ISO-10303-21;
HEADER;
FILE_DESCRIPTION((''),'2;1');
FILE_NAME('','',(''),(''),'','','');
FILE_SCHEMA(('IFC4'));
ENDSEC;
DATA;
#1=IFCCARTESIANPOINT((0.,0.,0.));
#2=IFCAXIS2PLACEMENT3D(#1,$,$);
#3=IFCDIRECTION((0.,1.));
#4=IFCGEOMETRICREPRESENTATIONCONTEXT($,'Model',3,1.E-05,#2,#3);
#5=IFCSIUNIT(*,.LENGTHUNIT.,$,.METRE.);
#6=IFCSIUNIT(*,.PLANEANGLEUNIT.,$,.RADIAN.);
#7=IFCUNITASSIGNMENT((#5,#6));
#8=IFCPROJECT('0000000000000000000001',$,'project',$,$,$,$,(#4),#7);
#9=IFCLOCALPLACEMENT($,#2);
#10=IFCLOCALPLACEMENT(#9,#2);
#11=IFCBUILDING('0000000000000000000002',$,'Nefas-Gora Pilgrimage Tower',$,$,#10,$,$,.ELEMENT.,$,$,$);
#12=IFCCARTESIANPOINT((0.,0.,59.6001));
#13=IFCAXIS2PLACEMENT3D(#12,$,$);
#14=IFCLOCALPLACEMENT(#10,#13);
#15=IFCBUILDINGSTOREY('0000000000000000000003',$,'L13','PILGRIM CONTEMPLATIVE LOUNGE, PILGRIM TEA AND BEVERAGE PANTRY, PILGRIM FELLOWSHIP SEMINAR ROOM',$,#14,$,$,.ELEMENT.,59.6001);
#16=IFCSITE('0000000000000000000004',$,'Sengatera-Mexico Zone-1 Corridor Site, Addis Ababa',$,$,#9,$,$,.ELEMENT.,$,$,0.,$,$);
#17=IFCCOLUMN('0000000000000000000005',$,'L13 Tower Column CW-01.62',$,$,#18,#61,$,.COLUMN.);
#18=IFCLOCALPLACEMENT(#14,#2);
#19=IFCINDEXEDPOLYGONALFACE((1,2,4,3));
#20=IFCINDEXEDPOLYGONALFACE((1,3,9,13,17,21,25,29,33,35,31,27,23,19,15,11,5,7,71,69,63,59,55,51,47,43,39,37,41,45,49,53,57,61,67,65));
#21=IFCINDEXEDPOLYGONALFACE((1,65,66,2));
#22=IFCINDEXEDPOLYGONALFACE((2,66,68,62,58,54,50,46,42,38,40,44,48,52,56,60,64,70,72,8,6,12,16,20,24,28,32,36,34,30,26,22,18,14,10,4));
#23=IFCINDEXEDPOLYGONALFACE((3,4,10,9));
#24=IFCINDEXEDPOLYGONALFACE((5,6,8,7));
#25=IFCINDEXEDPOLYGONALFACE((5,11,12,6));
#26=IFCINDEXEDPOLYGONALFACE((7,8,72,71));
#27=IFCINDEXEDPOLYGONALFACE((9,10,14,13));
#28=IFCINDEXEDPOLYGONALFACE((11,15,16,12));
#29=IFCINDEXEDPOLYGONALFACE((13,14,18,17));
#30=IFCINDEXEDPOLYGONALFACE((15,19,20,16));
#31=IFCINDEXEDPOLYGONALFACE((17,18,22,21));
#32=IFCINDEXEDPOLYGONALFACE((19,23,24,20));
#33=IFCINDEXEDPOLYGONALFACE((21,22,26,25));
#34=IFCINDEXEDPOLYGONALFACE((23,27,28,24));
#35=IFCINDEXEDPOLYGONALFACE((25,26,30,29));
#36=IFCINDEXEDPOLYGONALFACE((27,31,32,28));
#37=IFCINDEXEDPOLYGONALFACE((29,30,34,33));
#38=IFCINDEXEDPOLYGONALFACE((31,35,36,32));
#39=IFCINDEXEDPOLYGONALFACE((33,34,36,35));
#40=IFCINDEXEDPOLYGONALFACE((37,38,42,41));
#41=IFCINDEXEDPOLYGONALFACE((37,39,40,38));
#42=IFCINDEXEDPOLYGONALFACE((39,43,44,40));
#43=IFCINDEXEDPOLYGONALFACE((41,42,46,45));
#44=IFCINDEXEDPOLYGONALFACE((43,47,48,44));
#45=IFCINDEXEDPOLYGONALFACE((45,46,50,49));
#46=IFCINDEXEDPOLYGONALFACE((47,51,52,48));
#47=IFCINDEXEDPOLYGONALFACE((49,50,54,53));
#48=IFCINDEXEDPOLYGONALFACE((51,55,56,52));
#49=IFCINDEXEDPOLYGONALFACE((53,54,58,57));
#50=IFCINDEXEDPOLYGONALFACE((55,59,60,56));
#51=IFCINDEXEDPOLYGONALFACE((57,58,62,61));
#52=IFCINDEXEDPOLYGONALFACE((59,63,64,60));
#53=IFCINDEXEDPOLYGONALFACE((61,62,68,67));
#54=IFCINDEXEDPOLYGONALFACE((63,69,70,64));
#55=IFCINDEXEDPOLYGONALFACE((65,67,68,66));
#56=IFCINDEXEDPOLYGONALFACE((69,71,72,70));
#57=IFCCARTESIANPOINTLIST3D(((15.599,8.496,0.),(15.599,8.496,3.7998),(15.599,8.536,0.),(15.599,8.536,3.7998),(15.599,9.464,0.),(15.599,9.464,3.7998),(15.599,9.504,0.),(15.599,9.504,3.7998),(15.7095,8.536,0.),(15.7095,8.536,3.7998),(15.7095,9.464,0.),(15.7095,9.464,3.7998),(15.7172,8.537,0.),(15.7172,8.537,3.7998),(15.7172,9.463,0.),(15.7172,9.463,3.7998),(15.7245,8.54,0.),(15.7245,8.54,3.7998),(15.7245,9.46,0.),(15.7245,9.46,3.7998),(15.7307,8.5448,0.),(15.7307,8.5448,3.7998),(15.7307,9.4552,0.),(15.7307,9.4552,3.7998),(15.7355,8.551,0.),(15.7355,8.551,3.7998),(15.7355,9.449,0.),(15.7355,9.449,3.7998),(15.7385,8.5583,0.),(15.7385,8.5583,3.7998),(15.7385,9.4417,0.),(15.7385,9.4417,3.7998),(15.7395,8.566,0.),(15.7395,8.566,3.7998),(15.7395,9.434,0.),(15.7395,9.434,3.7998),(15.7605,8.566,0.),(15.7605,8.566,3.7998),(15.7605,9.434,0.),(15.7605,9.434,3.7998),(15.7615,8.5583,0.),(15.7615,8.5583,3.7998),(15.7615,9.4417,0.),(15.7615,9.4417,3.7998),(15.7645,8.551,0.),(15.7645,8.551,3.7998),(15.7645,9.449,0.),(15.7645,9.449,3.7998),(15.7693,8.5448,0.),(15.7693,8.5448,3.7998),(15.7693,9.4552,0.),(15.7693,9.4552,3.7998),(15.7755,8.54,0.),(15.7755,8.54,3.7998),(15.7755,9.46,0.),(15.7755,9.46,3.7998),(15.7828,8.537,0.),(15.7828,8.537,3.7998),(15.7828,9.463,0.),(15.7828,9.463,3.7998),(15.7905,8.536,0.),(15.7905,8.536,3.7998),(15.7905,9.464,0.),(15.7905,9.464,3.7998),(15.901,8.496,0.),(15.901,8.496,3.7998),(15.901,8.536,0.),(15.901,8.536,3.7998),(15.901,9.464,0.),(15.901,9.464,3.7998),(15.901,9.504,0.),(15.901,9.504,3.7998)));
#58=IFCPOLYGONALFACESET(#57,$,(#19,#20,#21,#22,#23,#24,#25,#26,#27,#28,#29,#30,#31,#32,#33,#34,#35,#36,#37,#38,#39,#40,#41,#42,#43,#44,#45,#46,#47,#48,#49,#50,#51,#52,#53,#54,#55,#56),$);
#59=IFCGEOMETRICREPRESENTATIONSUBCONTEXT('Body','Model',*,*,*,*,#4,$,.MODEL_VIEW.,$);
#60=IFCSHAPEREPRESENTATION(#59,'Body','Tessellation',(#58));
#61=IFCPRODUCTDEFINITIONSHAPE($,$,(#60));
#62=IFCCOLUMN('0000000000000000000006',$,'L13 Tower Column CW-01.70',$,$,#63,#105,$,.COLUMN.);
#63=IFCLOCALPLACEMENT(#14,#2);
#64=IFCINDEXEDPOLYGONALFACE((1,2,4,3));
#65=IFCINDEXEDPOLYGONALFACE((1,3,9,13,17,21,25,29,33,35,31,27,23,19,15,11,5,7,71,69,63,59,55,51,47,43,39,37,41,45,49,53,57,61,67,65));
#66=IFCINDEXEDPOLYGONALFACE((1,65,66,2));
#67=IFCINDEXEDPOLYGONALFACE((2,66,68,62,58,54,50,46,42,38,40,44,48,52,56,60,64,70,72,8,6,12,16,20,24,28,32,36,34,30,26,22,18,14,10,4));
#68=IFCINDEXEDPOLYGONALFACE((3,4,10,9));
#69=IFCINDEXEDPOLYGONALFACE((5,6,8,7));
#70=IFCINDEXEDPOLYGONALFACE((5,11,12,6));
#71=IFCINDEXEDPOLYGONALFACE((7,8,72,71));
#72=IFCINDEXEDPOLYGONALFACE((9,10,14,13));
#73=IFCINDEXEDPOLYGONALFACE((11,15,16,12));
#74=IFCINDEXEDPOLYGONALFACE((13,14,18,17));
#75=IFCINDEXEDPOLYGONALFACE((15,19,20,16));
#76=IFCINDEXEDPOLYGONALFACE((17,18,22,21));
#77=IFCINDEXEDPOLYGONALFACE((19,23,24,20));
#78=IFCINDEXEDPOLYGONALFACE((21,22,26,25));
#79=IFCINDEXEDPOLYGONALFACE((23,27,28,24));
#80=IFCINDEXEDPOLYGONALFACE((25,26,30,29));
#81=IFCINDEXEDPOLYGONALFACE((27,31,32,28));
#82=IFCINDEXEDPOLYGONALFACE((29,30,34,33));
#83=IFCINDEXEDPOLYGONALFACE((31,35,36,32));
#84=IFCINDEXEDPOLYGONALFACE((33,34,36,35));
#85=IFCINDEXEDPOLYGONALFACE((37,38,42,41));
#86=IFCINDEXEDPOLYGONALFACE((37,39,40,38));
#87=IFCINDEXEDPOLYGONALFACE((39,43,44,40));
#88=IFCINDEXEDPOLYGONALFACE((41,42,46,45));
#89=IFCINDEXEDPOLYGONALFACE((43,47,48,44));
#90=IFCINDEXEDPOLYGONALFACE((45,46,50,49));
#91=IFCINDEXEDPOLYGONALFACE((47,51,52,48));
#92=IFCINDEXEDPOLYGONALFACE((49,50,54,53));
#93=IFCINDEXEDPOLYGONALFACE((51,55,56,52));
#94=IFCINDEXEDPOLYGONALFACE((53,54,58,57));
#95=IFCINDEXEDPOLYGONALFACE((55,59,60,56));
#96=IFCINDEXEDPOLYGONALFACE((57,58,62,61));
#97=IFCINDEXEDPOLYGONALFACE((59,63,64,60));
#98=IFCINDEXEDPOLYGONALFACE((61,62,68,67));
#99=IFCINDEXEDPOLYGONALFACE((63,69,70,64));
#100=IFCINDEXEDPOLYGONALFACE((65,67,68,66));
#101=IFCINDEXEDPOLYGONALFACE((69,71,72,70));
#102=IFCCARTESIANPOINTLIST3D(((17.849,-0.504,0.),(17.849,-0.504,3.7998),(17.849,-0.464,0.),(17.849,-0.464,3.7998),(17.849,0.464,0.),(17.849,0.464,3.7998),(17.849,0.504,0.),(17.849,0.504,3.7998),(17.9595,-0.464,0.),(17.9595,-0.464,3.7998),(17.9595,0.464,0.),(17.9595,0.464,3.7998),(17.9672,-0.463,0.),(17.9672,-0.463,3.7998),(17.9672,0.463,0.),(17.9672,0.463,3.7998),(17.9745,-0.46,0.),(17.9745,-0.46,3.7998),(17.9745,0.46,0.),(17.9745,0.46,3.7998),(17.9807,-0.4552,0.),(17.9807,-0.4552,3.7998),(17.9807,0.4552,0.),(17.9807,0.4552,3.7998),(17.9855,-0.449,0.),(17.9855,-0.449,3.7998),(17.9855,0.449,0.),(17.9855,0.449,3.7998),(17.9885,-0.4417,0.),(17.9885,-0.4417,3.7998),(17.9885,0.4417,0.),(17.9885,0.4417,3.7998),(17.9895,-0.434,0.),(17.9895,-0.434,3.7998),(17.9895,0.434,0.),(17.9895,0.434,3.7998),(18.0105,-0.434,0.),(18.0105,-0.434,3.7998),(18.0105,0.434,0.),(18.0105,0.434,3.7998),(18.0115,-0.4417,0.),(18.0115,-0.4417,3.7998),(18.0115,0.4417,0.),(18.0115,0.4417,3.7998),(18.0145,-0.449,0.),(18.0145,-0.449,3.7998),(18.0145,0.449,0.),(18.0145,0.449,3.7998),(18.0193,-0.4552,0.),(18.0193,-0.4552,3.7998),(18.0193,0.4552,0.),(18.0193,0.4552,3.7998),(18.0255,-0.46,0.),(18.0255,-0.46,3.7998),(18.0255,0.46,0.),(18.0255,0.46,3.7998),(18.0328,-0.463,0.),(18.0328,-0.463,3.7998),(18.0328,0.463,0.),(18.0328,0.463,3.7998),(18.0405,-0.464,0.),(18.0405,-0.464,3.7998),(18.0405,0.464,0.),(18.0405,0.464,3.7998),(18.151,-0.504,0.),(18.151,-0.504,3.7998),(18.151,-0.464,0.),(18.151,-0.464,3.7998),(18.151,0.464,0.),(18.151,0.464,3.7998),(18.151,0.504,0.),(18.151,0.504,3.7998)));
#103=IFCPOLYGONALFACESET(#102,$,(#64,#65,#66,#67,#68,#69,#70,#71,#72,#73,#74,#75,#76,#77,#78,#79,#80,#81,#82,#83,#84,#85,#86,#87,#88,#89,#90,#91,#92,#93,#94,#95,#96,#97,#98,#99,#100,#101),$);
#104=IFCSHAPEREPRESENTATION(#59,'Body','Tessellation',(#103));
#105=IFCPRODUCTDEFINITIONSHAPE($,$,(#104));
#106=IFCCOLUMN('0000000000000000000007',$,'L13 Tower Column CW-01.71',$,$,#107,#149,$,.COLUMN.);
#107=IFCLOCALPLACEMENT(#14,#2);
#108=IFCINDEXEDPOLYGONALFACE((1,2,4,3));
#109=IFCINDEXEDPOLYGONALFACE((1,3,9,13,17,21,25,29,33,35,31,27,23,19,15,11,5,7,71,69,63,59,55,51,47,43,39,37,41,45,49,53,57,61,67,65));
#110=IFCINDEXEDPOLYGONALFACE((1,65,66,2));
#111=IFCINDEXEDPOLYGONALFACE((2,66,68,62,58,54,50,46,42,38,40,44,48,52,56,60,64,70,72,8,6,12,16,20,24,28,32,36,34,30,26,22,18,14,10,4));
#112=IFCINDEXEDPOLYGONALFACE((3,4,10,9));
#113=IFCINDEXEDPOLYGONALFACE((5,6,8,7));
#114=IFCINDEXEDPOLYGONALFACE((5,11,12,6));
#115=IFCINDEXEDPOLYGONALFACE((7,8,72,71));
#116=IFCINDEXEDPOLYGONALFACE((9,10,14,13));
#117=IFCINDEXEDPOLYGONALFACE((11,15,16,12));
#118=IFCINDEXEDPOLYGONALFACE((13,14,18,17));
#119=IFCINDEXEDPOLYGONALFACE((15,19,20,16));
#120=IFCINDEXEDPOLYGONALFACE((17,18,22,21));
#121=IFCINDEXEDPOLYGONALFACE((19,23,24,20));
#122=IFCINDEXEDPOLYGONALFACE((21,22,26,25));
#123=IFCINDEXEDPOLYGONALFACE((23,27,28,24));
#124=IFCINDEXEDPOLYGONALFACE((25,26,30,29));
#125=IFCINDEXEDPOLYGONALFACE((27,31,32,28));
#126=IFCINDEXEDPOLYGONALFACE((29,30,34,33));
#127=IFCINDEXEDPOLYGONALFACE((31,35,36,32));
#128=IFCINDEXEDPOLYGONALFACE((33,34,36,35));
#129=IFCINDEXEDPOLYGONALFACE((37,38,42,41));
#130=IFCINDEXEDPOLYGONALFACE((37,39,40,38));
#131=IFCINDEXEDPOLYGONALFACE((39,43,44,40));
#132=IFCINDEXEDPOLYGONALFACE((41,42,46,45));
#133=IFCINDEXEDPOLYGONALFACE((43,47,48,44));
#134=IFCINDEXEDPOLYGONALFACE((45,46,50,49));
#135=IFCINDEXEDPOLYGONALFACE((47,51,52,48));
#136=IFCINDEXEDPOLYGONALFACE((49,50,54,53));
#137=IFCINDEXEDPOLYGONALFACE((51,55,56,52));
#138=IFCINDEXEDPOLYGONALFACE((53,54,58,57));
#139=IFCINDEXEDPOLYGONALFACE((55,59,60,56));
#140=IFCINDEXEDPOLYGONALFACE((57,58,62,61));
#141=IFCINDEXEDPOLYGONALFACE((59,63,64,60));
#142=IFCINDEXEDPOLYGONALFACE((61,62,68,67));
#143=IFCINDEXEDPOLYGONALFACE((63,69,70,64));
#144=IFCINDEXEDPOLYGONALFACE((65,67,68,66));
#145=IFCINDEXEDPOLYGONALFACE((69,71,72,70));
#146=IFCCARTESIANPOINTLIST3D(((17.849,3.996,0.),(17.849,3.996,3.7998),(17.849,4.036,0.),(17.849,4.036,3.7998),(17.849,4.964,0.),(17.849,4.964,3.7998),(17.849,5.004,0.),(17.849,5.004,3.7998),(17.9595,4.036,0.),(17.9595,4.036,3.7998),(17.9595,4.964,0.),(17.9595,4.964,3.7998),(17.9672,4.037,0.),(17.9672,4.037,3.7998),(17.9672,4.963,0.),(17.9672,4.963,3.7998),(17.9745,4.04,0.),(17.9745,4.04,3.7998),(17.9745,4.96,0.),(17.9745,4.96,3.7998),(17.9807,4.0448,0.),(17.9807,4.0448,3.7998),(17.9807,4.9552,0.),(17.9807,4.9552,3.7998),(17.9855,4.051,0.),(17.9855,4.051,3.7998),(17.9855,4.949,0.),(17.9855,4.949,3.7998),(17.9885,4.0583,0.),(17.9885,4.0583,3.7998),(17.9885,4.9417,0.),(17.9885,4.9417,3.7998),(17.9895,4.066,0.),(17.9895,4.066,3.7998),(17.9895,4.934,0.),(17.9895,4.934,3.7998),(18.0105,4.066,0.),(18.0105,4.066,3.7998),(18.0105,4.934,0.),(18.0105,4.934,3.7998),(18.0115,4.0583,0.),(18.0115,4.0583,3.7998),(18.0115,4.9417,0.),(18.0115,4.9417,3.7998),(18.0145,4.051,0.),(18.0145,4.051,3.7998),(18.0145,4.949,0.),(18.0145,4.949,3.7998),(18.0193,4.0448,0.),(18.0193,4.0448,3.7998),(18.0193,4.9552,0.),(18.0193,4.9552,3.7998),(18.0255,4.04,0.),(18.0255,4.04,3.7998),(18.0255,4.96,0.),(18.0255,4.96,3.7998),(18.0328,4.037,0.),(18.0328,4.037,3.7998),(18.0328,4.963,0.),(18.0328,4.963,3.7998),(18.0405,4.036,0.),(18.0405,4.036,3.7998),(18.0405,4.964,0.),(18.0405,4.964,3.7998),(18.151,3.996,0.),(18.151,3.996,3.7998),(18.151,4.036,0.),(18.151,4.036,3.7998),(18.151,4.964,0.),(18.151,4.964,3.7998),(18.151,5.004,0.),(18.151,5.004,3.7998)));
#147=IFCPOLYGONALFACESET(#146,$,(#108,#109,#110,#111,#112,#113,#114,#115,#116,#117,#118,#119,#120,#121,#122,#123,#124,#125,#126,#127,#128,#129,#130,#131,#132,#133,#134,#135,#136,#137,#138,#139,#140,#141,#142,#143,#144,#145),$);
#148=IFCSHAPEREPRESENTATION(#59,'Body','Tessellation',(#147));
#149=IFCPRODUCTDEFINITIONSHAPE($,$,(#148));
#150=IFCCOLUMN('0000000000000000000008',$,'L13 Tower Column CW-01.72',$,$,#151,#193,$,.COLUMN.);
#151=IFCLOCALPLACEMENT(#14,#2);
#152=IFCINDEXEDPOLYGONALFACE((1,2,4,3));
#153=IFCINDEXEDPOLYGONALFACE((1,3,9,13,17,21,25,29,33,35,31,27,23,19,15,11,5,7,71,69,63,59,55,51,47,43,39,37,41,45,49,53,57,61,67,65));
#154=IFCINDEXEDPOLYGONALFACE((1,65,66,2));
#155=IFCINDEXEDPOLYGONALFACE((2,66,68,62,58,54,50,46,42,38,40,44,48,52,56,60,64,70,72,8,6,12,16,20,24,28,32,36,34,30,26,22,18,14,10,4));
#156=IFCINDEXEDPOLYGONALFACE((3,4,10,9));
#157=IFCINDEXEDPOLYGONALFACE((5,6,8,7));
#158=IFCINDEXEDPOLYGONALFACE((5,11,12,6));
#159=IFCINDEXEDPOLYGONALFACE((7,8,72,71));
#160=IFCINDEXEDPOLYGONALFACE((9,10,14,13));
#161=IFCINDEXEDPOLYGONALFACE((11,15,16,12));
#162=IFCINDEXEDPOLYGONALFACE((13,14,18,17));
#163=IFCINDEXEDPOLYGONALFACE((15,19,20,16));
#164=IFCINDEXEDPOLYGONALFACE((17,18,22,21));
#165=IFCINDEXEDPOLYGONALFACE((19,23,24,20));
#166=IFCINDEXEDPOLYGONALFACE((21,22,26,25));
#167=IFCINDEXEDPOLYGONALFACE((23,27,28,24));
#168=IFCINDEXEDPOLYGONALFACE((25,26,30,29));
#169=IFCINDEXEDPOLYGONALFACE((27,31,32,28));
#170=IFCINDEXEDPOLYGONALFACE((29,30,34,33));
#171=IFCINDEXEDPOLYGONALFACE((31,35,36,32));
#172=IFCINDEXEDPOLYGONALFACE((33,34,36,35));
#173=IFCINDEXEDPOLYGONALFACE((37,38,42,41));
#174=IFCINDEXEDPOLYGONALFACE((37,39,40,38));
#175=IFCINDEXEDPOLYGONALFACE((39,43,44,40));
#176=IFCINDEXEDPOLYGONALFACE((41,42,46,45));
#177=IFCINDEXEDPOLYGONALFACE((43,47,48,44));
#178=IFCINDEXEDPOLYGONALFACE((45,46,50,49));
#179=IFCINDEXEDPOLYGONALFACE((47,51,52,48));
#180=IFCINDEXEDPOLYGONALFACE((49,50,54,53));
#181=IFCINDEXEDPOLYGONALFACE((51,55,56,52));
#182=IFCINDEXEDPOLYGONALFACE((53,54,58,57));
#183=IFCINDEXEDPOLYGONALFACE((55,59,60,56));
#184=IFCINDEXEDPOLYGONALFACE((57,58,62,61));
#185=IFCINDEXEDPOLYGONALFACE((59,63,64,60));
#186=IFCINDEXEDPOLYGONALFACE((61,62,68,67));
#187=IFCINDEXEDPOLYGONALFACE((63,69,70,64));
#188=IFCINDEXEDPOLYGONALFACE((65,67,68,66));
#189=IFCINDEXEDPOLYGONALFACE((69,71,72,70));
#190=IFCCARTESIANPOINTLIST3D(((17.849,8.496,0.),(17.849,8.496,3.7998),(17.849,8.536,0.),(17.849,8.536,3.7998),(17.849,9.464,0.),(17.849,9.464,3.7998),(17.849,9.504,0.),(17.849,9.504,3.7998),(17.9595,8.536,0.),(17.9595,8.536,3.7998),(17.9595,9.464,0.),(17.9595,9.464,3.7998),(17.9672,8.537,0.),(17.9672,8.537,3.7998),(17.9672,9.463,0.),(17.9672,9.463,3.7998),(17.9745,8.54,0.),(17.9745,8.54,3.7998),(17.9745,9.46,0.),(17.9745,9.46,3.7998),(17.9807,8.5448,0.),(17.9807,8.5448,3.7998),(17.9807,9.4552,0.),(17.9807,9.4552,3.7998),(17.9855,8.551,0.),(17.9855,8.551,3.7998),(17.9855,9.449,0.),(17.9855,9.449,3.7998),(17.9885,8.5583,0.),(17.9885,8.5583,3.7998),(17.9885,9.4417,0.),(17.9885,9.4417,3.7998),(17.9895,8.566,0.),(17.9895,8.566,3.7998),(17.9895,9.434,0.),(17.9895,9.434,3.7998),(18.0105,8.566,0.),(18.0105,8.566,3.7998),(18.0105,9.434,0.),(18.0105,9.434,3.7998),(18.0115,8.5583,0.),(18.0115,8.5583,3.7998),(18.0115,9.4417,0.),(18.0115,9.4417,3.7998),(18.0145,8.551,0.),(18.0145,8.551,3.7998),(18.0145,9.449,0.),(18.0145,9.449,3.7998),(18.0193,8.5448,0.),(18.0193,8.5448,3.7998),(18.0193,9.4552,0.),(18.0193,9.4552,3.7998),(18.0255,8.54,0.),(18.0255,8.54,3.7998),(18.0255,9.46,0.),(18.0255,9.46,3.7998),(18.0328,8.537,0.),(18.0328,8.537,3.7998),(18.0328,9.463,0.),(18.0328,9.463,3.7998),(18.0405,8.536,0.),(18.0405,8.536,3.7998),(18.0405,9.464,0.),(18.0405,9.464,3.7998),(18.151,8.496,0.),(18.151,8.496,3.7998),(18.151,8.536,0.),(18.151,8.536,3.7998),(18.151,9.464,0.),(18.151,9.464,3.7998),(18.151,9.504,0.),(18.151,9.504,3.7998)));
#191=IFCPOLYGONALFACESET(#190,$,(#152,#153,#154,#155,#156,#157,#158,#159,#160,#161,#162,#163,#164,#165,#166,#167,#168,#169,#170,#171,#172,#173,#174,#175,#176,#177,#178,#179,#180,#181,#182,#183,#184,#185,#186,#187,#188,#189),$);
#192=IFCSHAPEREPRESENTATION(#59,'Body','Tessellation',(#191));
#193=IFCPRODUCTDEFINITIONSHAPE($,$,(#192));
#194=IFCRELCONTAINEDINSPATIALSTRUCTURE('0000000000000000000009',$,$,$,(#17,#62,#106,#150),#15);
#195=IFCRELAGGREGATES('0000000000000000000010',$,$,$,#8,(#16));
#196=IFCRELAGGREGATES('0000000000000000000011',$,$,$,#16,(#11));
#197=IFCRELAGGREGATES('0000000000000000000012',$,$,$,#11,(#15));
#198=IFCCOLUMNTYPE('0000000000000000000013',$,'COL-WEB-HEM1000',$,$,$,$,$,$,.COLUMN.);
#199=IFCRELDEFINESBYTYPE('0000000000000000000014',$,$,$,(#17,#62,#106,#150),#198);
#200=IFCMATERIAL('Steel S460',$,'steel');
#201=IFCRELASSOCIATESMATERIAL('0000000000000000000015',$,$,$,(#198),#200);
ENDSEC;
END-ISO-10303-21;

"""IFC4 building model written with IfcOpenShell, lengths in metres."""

from ifc_helpers import new_model, si_unit, direction, frame, origin, origin_2d, place, context, subcontext, project, spatial, i_section, extrude, source, transform, mapped, material, material_profile, profile_set, type_object, element, save


model = new_model("IFC4")

# Units and contexts
model_context = context("Model", 3, precision=1e-05, world=origin(), true_north=direction((0.0, 1.0)))
body_context = subcontext(model_context, "Body", "Model", "MODEL_VIEW")
ifc_project = project(units=[si_unit("LENGTHUNIT", "METRE"), si_unit("PLANEANGLEUNIT", "RADIAN")], contexts=[model_context])

# Site, building, storey
site_placement = place(None, origin())
site = spatial("IfcSite", under=ifc_project, at=site_placement, Name="Sengatera-Mexico Zone-1 Corridor Site, Addis Ababa", CompositionType="ELEMENT", RefElevation=0.0)
building_placement = place(site_placement, origin())
building = spatial("IfcBuilding", under=site, at=building_placement, Name="Nefas-Gora Pilgrimage Tower", CompositionType="ELEMENT")
storey_placement = place(building_placement, frame((0.0, 0.0, 59.6001)))
storey = spatial("IfcBuildingStorey", under=building, at=storey_placement, Name="L13", Description="PILGRIM CONTEMPLATIVE LOUNGE, PILGRIM TEA AND BEVERAGE PANTRY, PILGRIM FELLOWSHIP SEMINAR ROOM", CompositionType="ELEMENT", Elevation=59.6001)

# Columns
ifc_material_1 = material(Name="Steel S460", Category="steel")
ifc_material_profile_1 = material_profile(ifc_material_1, i_section(OverallWidth=0.302, OverallDepth=1.0081, WebThickness=0.021, FlangeThickness=0.04, FilletRadius=0.03, at=origin_2d()), Name="HEM 1000")
ifc_profile_set_1 = profile_set([ifc_material_profile_1], Name="Steel S460")
column_type_1 = type_object("IfcColumnType", Name="COL-WEB-HEM1000", PredefinedType="COLUMN", material=ifc_profile_set_1)
shared_shape_1 = source(origin(), body_context, "Body", "SweptSolid", [
    extrude(i_section(OverallWidth=0.302, OverallDepth=1.0081, WebThickness=0.021, FlangeThickness=0.04, FilletRadius=0.03, at=origin_2d()), origin(), (0.0, 0.0, 1.0), 3.7998),
])
for number, where, z_axis, x_axis, name in (
    (1, (15.75, 9.0, 0.0), (0.0, 0.0, 1.0), (1.0, 0.0, 0.0), "L13 Tower Column CW-01.62"),
    (2, (18.0, 0.0, 0.0), (0.0, 0.0, 1.0), (1.0, 0.0, 0.0), "L13 Tower Column CW-01.70"),
    (3, (18.0, 4.5, 0.0), (0.0, 0.0, 1.0), (1.0, 0.0, 0.0), "L13 Tower Column CW-01.71"),
    (4, (18.0, 9.0, 0.0), (0.0, 0.0, 1.0), (1.0, 0.0, 0.0), "L13 Tower Column CW-01.72"),
):
    element("IfcColumn", number, at=place(storey_placement, frame(where, z_axis=z_axis, x_axis=x_axis)), inside=storey, type_object=column_type_1, Name=name, PredefinedType="COLUMN", context=body_context, shape_type="MappedRepresentation", body=[
        mapped(shared_shape_1, transform((0.0, 0.0, 0.0), x_axis=(1.0, 0.0, 0.0), y_axis=(0.0, 1.0, 0.0), z_axis=(0.0, 0.0, 1.0), scale=1.0)),
    ])

save(model, "model.ifc")
